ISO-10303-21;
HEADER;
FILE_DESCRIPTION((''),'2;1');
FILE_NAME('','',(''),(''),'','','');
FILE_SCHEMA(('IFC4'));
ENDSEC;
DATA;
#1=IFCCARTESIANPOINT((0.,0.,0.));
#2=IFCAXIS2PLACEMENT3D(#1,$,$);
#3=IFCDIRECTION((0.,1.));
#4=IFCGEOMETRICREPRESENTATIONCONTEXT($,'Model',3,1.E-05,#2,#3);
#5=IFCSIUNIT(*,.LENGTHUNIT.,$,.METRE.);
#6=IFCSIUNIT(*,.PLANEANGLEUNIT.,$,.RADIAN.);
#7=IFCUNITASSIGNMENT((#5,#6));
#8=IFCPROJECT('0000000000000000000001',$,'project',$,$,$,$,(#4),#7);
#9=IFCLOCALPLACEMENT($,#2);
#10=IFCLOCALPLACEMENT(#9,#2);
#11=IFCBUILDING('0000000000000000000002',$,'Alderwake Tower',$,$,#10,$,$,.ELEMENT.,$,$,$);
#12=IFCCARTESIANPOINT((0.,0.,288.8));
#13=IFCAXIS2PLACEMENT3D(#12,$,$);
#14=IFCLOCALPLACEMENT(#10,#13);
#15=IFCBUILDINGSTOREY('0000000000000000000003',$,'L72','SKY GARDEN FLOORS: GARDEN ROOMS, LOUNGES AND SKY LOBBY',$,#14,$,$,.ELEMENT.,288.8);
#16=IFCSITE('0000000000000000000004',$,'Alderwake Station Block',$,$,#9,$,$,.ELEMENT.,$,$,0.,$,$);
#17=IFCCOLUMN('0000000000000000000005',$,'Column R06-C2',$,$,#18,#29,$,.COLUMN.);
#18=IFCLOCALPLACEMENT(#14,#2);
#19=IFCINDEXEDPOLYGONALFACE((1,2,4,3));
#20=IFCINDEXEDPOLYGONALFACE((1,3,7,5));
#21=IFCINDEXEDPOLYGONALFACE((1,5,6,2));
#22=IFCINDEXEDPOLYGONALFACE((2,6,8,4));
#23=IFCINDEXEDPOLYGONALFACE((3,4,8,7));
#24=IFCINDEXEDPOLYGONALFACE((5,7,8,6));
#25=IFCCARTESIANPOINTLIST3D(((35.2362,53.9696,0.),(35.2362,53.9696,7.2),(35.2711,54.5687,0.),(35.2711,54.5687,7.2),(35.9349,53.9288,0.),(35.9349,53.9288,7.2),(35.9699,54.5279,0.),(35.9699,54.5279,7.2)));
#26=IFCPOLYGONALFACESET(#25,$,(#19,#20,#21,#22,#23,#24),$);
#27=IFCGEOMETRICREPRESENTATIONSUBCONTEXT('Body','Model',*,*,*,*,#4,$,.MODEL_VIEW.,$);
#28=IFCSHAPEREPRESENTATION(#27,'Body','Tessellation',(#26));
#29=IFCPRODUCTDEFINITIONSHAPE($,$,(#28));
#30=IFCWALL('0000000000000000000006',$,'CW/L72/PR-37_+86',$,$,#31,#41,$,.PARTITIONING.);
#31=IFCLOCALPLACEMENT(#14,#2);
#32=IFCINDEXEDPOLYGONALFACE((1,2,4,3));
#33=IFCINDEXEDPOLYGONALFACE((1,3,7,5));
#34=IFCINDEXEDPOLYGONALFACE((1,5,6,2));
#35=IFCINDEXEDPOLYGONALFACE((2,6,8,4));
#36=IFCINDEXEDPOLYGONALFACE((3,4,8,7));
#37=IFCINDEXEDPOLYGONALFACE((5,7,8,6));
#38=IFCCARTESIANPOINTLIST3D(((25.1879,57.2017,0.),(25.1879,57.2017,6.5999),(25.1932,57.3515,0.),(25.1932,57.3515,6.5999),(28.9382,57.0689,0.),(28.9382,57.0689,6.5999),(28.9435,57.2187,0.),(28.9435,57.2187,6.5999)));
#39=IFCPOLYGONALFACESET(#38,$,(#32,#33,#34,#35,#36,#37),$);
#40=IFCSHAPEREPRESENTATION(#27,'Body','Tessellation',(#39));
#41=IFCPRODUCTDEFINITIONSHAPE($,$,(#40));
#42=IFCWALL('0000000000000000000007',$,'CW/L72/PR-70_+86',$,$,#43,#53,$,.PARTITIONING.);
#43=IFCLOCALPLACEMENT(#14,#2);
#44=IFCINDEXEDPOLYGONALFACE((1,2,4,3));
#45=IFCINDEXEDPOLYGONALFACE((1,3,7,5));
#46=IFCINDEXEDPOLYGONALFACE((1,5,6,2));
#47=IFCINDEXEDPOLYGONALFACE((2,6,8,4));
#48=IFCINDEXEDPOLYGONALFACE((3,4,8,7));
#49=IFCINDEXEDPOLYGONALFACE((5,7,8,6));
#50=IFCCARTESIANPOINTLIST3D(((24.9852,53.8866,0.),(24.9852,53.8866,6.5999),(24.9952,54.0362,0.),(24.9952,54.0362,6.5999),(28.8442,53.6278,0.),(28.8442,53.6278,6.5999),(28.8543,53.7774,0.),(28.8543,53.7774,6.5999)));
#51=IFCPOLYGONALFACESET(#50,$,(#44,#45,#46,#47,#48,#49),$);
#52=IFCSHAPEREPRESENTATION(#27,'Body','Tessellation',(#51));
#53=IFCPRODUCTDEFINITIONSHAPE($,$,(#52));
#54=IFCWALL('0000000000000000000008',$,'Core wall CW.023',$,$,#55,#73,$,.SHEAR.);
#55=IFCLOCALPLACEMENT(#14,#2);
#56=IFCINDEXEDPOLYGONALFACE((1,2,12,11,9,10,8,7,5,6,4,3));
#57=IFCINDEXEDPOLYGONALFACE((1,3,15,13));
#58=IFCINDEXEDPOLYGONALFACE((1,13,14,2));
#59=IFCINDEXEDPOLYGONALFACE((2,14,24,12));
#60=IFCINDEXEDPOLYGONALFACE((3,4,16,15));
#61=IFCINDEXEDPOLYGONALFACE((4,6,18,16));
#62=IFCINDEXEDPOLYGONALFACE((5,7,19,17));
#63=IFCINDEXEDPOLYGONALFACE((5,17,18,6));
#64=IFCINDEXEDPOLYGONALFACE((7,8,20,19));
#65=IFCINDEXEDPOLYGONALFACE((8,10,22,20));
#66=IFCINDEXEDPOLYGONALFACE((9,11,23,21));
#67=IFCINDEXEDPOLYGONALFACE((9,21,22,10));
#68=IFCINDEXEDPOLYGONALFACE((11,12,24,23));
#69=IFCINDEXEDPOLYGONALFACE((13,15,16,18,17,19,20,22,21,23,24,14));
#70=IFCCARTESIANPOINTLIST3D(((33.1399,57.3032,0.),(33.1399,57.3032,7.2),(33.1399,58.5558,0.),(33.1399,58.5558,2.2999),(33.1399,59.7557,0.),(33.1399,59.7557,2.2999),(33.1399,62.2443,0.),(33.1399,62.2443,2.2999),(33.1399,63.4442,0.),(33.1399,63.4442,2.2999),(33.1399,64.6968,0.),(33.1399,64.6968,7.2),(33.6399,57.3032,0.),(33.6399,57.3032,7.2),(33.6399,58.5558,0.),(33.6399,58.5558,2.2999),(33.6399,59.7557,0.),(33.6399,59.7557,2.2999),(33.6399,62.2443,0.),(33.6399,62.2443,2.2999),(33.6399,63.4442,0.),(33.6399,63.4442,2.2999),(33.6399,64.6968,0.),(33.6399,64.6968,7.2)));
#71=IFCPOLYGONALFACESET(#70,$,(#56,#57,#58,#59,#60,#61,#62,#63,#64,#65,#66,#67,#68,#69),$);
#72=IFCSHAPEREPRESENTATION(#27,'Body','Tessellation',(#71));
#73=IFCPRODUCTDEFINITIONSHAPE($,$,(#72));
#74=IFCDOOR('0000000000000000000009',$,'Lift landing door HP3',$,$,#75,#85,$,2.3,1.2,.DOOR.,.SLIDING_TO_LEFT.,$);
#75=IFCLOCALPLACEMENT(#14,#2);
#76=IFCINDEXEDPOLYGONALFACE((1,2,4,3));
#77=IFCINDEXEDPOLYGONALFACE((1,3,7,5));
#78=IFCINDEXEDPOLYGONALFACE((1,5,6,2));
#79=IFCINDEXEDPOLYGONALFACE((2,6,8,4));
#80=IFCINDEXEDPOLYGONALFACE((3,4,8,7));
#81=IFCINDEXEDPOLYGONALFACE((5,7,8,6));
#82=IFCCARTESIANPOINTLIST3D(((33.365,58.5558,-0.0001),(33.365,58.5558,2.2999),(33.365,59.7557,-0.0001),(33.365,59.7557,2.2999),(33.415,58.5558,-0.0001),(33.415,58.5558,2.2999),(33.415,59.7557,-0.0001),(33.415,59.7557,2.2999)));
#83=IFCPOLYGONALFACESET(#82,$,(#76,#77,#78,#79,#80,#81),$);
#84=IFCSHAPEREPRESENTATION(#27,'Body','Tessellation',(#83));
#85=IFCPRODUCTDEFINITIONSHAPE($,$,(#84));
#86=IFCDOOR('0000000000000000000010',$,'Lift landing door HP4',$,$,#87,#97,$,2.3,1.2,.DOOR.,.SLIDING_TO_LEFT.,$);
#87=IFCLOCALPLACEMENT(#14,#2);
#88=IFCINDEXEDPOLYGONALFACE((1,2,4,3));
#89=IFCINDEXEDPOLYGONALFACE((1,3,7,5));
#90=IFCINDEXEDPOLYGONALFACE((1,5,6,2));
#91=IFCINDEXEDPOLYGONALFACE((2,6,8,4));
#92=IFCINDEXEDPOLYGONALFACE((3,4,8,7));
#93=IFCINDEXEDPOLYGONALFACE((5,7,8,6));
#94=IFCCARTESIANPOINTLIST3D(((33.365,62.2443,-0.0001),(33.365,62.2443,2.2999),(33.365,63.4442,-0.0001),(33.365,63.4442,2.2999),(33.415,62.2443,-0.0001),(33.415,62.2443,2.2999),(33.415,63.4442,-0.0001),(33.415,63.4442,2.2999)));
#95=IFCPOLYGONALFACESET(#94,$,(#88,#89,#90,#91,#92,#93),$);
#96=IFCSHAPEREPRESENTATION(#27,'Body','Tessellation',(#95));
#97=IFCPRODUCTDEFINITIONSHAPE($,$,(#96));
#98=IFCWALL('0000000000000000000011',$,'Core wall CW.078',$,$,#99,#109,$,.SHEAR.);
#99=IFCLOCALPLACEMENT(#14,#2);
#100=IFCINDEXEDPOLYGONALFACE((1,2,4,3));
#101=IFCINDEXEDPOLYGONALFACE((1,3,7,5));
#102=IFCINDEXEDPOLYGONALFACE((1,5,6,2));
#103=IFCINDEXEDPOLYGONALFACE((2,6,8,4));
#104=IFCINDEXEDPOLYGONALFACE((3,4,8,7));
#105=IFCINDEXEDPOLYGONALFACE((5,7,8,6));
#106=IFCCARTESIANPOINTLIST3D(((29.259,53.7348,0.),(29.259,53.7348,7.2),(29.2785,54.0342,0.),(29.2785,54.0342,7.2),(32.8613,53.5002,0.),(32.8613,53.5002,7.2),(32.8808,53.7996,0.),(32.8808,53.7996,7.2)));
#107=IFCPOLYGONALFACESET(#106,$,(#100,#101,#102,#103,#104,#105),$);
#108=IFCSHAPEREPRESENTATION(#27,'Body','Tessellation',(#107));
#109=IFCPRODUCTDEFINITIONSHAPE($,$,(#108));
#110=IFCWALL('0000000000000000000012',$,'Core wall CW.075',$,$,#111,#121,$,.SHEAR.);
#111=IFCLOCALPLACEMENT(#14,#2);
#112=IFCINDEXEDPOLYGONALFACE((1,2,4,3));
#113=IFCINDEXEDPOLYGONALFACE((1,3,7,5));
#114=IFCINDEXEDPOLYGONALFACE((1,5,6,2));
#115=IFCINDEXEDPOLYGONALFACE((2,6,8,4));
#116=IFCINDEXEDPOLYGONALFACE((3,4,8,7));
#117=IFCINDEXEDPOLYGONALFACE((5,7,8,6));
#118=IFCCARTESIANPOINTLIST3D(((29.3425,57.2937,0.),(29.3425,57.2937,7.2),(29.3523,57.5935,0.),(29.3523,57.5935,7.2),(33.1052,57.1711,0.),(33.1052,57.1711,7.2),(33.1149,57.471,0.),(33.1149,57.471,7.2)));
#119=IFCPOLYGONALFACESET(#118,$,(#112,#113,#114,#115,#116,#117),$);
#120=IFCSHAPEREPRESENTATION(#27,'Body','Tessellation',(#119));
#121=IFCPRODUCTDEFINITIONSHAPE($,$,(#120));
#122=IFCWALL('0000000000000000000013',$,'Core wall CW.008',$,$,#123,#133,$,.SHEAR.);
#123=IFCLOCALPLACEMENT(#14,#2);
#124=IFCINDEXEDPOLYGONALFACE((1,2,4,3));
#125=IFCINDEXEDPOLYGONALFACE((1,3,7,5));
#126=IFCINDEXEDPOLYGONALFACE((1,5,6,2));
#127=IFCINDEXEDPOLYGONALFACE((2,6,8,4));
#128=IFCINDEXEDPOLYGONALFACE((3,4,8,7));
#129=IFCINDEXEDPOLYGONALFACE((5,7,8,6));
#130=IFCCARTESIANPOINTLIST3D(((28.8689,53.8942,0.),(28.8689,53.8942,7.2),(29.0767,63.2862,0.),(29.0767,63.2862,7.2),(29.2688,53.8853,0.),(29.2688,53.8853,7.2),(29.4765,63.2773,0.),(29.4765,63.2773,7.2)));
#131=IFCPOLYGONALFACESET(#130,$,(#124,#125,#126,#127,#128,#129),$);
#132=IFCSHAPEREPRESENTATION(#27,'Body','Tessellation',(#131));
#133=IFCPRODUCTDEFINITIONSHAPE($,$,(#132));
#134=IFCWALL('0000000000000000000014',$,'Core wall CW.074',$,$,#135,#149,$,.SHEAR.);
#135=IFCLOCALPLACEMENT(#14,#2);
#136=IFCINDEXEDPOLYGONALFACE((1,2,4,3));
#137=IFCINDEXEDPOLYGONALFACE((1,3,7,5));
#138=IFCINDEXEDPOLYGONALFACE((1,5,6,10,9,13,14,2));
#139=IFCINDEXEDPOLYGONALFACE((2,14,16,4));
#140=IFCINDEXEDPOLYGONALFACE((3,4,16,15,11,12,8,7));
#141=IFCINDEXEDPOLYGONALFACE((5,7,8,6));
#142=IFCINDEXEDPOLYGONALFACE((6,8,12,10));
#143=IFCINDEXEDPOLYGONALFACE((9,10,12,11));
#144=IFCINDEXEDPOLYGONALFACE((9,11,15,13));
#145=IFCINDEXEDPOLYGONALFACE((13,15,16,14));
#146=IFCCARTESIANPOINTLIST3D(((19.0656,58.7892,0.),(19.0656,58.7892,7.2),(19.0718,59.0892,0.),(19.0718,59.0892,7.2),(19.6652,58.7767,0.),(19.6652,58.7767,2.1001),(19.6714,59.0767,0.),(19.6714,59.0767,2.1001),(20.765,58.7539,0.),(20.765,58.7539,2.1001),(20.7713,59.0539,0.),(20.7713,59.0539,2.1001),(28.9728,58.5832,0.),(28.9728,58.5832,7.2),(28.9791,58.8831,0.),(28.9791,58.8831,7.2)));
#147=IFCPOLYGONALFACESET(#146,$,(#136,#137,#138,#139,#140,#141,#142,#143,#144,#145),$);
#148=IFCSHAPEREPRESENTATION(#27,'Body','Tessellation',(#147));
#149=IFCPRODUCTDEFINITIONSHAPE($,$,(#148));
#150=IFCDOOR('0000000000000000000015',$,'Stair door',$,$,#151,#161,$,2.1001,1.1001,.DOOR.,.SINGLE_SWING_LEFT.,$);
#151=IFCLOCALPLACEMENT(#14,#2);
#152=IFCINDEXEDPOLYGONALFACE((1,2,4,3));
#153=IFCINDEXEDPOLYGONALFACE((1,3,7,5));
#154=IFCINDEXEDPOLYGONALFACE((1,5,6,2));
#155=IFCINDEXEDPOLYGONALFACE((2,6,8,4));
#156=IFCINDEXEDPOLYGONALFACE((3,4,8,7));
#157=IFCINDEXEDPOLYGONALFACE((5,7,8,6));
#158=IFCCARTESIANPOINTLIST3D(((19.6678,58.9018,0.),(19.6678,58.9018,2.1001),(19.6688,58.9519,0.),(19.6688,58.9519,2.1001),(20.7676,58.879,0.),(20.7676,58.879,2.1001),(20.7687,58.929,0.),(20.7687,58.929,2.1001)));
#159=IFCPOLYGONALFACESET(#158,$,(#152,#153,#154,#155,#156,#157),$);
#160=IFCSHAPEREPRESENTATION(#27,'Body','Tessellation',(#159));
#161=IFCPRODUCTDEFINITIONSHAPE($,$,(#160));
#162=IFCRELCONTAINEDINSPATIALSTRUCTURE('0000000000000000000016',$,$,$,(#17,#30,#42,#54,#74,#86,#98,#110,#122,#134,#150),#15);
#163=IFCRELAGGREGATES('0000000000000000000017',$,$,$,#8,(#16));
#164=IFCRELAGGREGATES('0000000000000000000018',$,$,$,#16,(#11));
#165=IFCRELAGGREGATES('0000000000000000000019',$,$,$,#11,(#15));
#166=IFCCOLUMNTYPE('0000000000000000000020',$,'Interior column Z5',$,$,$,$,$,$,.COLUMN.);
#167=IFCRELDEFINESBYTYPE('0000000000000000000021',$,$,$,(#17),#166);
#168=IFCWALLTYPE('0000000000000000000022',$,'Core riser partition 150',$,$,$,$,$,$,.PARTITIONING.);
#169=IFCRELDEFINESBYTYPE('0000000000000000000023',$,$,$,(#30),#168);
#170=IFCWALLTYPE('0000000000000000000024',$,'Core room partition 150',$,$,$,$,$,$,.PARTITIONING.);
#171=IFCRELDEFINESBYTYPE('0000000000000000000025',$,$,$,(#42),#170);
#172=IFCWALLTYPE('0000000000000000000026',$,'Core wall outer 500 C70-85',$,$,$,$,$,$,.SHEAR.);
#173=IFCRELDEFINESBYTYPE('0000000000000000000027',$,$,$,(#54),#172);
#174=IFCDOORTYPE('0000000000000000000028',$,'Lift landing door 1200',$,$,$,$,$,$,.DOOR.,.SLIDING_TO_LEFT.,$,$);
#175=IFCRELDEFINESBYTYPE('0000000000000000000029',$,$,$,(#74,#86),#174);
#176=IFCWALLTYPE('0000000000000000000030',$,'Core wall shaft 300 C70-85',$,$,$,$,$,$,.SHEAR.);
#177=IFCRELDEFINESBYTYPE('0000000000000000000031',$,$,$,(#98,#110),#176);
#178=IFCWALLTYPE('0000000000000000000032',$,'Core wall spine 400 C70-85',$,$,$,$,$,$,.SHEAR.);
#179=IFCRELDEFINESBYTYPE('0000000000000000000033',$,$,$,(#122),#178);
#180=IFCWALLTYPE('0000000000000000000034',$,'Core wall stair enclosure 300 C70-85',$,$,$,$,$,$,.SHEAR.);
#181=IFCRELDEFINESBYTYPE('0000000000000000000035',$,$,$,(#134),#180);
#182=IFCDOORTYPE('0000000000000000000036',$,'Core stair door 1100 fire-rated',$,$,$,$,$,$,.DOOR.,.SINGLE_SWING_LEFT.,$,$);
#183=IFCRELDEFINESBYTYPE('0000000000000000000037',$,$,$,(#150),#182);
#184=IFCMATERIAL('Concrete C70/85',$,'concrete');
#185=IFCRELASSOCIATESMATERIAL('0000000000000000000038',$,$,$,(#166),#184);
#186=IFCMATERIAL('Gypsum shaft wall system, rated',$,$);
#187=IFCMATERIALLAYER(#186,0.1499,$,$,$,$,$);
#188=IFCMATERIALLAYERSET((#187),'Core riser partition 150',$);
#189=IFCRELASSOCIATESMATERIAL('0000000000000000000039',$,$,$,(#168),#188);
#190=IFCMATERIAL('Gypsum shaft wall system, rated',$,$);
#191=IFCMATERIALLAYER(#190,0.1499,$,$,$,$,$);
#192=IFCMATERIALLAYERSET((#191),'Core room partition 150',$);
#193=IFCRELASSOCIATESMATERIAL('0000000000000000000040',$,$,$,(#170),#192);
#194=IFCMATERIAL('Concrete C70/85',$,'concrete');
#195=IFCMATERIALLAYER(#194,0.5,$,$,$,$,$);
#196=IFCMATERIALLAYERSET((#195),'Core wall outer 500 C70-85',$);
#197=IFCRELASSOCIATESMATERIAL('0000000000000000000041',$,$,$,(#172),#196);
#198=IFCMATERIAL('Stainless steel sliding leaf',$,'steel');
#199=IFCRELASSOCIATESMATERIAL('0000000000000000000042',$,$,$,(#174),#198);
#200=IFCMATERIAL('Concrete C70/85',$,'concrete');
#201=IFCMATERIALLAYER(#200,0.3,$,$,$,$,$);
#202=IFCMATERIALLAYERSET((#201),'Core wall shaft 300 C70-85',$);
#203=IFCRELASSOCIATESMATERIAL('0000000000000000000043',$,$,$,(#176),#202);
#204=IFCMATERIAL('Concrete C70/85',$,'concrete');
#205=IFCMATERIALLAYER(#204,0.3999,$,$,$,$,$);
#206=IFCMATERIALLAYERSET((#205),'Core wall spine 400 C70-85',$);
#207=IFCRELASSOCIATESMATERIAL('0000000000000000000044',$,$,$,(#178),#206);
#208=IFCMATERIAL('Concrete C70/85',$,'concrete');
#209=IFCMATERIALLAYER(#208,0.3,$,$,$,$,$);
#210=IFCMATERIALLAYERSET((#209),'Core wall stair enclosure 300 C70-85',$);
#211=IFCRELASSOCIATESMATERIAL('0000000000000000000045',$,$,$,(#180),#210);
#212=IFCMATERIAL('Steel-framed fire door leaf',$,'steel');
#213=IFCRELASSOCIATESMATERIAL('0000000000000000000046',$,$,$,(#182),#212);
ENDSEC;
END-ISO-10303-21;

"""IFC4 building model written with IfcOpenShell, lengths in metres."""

from ifc_helpers import new_model, si_unit, direction, frame, frame_2d, origin, origin_2d, place, context, subcontext, project, spatial, rectangle, extrude, material, layer, layer_set, material_profile, profile_set, type_object, element, fill, save


model = new_model("IFC4")

# Units and contexts
model_context = context("Model", 3, precision=1e-05, world=origin(), true_north=direction((0.0, 1.0)))
body_context = subcontext(model_context, "Body", "Model", "MODEL_VIEW")
ifc_project = project(units=[si_unit("LENGTHUNIT", "METRE"), si_unit("PLANEANGLEUNIT", "RADIAN")], contexts=[model_context])

# Site, building, storey
site_placement = place(None, origin())
site = spatial("IfcSite", under=ifc_project, at=site_placement, Name="Alderwake Station Block", CompositionType="ELEMENT", RefElevation=0.0)
building_placement = place(site_placement, origin())
building = spatial("IfcBuilding", under=site, at=building_placement, Name="Alderwake Tower", CompositionType="ELEMENT")
storey_placement = place(building_placement, frame((0.0, 0.0, 288.8)))
storey = spatial("IfcBuildingStorey", under=building, at=storey_placement, Name="L72", Description="SKY GARDEN FLOORS: GARDEN ROOMS, LOUNGES AND SKY LOBBY", CompositionType="ELEMENT", Elevation=288.8)

# Column
ifc_material_1 = material(Name="Concrete C70/85", Category="concrete")
ifc_material_profile = material_profile(ifc_material_1, rectangle(XDim=0.6001, YDim=0.7, at=origin_2d()), Name="RC 700X600")
ifc_profile_set = profile_set([ifc_material_profile], Name="Concrete C70/85")
column_type = type_object("IfcColumnType", Name="Interior column Z5", PredefinedType="COLUMN", material=ifc_profile_set)
column_placement = place(storey_placement, frame((35.603, 54.2488, 0.0), z_axis=(0.0, 0.0, 1.0), x_axis=(0.058301, 0.998299, 0.0)))
element("IfcColumn", 1, at=column_placement, inside=storey, type_object=column_type, Name="Column R06-C2", PredefinedType="COLUMN", context=body_context, shape_type="SweptSolid", body=[
    extrude(rectangle(XDim=0.6001, YDim=0.7, at=origin_2d()), origin(), (0.0, 0.0, 1.0), 7.2),
])

# Walls
ifc_material_2 = material(Name="Gypsum shaft wall system, rated")
ifc_layer_1 = layer(ifc_material_2, 0.1499)
ifc_layer_set_1 = layer_set([ifc_layer_1], Name="Core riser partition 150")
wall_type_1 = type_object("IfcWallType", Name="Core riser partition 150", PredefinedType="PARTITIONING", material=ifc_layer_set_1)
wall_1_placement = place(storey_placement, frame((25.1904, 57.2766, 0.0), z_axis=(0.0, 0.0, 1.0), x_axis=(0.999374, -0.035392, 0.0)))
element("IfcWall", 2, at=wall_1_placement, inside=storey, type_object=wall_type_1, Name="CW/L72/PR-37_+86", PredefinedType="PARTITIONING", context=body_context, shape_type="SweptSolid", body=[
    extrude(rectangle(XDim=3.7527, YDim=0.1499, at=frame_2d((1.8765, 0.0))), origin(), (0.0, 0.0, 1.0), 6.5999),
])
ifc_material_3 = material(Name="Gypsum shaft wall system, rated")
ifc_layer_2 = layer(ifc_material_3, 0.1499)
ifc_layer_set_2 = layer_set([ifc_layer_2], Name="Core room partition 150")
wall_type_2 = type_object("IfcWallType", Name="Core room partition 150", PredefinedType="PARTITIONING", material=ifc_layer_set_2)
wall_2_placement = place(storey_placement, frame((24.9902, 53.9614, 0.0), z_axis=(0.0, 0.0, 1.0), x_axis=(0.997759, -0.066913, 0.0)))
element("IfcWall", 3, at=wall_2_placement, inside=storey, type_object=wall_type_2, Name="CW/L72/PR-70_+86", PredefinedType="PARTITIONING", context=body_context, shape_type="SweptSolid", body=[
    extrude(rectangle(XDim=3.8677, YDim=0.1499, at=frame_2d((1.9338, 0.0))), origin(), (0.0, 0.0, 1.0), 6.5999),
])

# Wall, openings, doors
ifc_material_4 = material(Name="Concrete C70/85", Category="concrete")
ifc_layer_3 = layer(ifc_material_4, 0.5)
ifc_layer_set_3 = layer_set([ifc_layer_3], Name="Core wall outer 500 C70-85")
wall_type_3 = type_object("IfcWallType", Name="Core wall outer 500 C70-85", PredefinedType="SHEAR", material=ifc_layer_set_3)
wall_3_placement = place(storey_placement, frame((33.3899, 57.3032, 0.0), z_axis=(0.0, 0.0, 1.0), x_axis=(0.0, 1.0, 0.0)))
wall_3 = element("IfcWall", 4, at=wall_3_placement, inside=storey, type_object=wall_type_3, Name="Core wall CW.023", PredefinedType="SHEAR", context=body_context, shape_type="SweptSolid", body=[
    extrude(rectangle(XDim=7.3936, YDim=0.5, at=frame_2d((3.6968, 0.0))), origin(), (0.0, 0.0, 1.0), 7.2),
])
opening_1_placement = place(wall_3_placement, frame((1.2524, 0.0, 0.0)))
opening_1 = element("IfcOpeningElement", 5, at=opening_1_placement, cuts=wall_3, PredefinedType="OPENING", context=body_context, shape_type="SweptSolid", body=[
    extrude(rectangle(XDim=1.2, YDim=2.3, at=frame_2d((0.6001, 1.1499))), frame((0.0, 0.26, 0.0), z_axis=(0.0, -1.0, 0.0), x_axis=(1.0, 0.0, 0.0)), (0.0, 0.0, 1.0), 0.52),
])
opening_2_placement = place(wall_3_placement, frame((4.9409, 0.0, 0.0)))
opening_2 = element("IfcOpeningElement", 6, at=opening_2_placement, cuts=wall_3, PredefinedType="OPENING", context=body_context, shape_type="SweptSolid", body=[
    extrude(rectangle(XDim=1.2, YDim=2.3, at=frame_2d((0.6001, 1.1499))), frame((0.0, 0.26, 0.0), z_axis=(0.0, -1.0, 0.0), x_axis=(1.0, 0.0, 0.0)), (0.0, 0.0, 1.0), 0.52),
])
ifc_material_5 = material(Name="Stainless steel sliding leaf", Category="steel")
door_type_1 = type_object("IfcDoorType", Name="Lift landing door 1200", OperationType="SLIDING_TO_LEFT", PredefinedType="DOOR", material=ifc_material_5)
door_1_placement = place(opening_1_placement, origin())
door_1 = element("IfcDoor", 7, at=door_1_placement, inside=storey, type_object=door_type_1, Name="Lift landing door HP3", OperationType="SLIDING_TO_LEFT", OverallHeight=2.3, OverallWidth=1.2, PredefinedType="DOOR", context=body_context, shape_type="SweptSolid", body=[
    extrude(rectangle(XDim=1.2, YDim=2.3, at=frame_2d((0.6001, 1.1499))), frame((0.0, 0.0249, 0.0), z_axis=(0.0, -1.0, 0.0), x_axis=(1.0, 0.0, 0.0)), (0.0, 0.0, 1.0), 0.05),
])
fill(opening_1, door_1)
door_2_placement = place(opening_2_placement, origin())
door_2 = element("IfcDoor", 8, at=door_2_placement, inside=storey, type_object=door_type_1, Name="Lift landing door HP4", OperationType="SLIDING_TO_LEFT", OverallHeight=2.3, OverallWidth=1.2, PredefinedType="DOOR", context=body_context, shape_type="SweptSolid", body=[
    extrude(rectangle(XDim=1.2, YDim=2.3, at=frame_2d((0.6001, 1.1499))), frame((0.0, 0.0249, 0.0), z_axis=(0.0, -1.0, 0.0), x_axis=(1.0, 0.0, 0.0)), (0.0, 0.0, 1.0), 0.05),
])
fill(opening_2, door_2)

# Walls
ifc_material_6 = material(Name="Concrete C70/85", Category="concrete")
ifc_layer_4 = layer(ifc_material_6, 0.3)
ifc_layer_set_4 = layer_set([ifc_layer_4], Name="Core wall shaft 300 C70-85")
wall_type_4 = type_object("IfcWallType", Name="Core wall shaft 300 C70-85", PredefinedType="SHEAR", material=ifc_layer_set_4)
wall_4_placement = place(storey_placement, frame((29.2688, 53.8845, 0.0), z_axis=(0.0, 0.0, 1.0), x_axis=(0.997886, -0.064993, 0.0)))
element("IfcWall", 9, at=wall_4_placement, inside=storey, type_object=wall_type_4, Name="Core wall CW.078", PredefinedType="SHEAR", context=body_context, shape_type="SweptSolid", body=[
    extrude(rectangle(XDim=3.6099, YDim=0.3, at=frame_2d((1.8049, 0.0))), origin(), (0.0, 0.0, 1.0), 7.2),
])
wall_5_placement = place(storey_placement, frame((29.3474, 57.4436, 0.0), z_axis=(0.0, 0.0, 1.0), x_axis=(0.99947, -0.032555, 0.0)))
element("IfcWall", 10, at=wall_5_placement, inside=storey, type_object=wall_type_4, Name="Core wall CW.075", PredefinedType="SHEAR", context=body_context, shape_type="SweptSolid", body=[
    extrude(rectangle(XDim=3.7646, YDim=0.3, at=frame_2d((1.8823, 0.0))), origin(), (0.0, 0.0, 1.0), 7.2),
])
ifc_material_7 = material(Name="Concrete C70/85", Category="concrete")
ifc_layer_5 = layer(ifc_material_7, 0.3999)
ifc_layer_set_5 = layer_set([ifc_layer_5], Name="Core wall spine 400 C70-85")
wall_type_5 = type_object("IfcWallType", Name="Core wall spine 400 C70-85", PredefinedType="SHEAR", material=ifc_layer_set_5)
wall_6_placement = place(storey_placement, frame((29.0688, 53.8896, 0.0), z_axis=(0.0, 0.0, 1.0), x_axis=(0.022116, 0.999755, 0.0)))
element("IfcWall", 11, at=wall_6_placement, inside=storey, type_object=wall_type_5, Name="Core wall CW.008", PredefinedType="SHEAR", context=body_context, shape_type="SweptSolid", body=[
    extrude(rectangle(XDim=9.3943, YDim=0.3999, at=frame_2d((4.6973, 0.0))), origin(), (0.0, 0.0, 1.0), 7.2),
])

# Wall, opening, door
ifc_material_8 = material(Name="Concrete C70/85", Category="concrete")
ifc_layer_6 = layer(ifc_material_8, 0.3)
ifc_layer_set_6 = layer_set([ifc_layer_6], Name="Core wall stair enclosure 300 C70-85")
wall_type_6 = type_object("IfcWallType", Name="Core wall stair enclosure 300 C70-85", PredefinedType="SHEAR", material=ifc_layer_set_6)
wall_7_placement = place(storey_placement, frame((28.9758, 58.7332, 0.0), z_axis=(0.0, 0.0, 1.0), x_axis=(-0.999784, 0.020794, 0.0)))
wall_7 = element("IfcWall", 12, at=wall_7_placement, inside=storey, type_object=wall_type_6, Name="Core wall CW.074", PredefinedType="SHEAR", context=body_context, shape_type="SweptSolid", body=[
    extrude(rectangle(XDim=9.9094, YDim=0.3, at=frame_2d((4.9546, 0.0))), origin(), (0.0, 0.0, 1.0), 7.2),
])
opening_3_placement = place(wall_7_placement, frame((8.2095, 0.0, 0.0)))
opening_3 = element("IfcOpeningElement", 13, at=opening_3_placement, cuts=wall_7, PredefinedType="OPENING", context=body_context, shape_type="SweptSolid", body=[
    extrude(rectangle(XDim=1.1001, YDim=2.1001, at=frame_2d((0.55, 1.05))), frame((0.0, 0.1599, 0.0), z_axis=(0.0, -1.0, 0.0), x_axis=(1.0, 0.0, 0.0)), (0.0, 0.0, 1.0), 0.3201),
])
ifc_material_9 = material(Name="Steel-framed fire door leaf", Category="steel")
door_type_2 = type_object("IfcDoorType", Name="Core stair door 1100 fire-rated", OperationType="SINGLE_SWING_LEFT", PredefinedType="DOOR", material=ifc_material_9)
door_3_placement = place(opening_3_placement, origin())
door_3 = element("IfcDoor", 14, at=door_3_placement, inside=storey, type_object=door_type_2, Name="Stair door", OperationType="SINGLE_SWING_LEFT", OverallHeight=2.1001, OverallWidth=1.1001, PredefinedType="DOOR", context=body_context, shape_type="SweptSolid", body=[
    extrude(rectangle(XDim=1.1001, YDim=2.1001, at=frame_2d((0.55, 1.05))), frame((0.0, 0.0249, 0.0), z_axis=(0.0, -1.0, 0.0), x_axis=(1.0, 0.0, 0.0)), (0.0, 0.0, 1.0), 0.05),
])
fill(opening_3, door_3)

save(model, "model.ifc")
